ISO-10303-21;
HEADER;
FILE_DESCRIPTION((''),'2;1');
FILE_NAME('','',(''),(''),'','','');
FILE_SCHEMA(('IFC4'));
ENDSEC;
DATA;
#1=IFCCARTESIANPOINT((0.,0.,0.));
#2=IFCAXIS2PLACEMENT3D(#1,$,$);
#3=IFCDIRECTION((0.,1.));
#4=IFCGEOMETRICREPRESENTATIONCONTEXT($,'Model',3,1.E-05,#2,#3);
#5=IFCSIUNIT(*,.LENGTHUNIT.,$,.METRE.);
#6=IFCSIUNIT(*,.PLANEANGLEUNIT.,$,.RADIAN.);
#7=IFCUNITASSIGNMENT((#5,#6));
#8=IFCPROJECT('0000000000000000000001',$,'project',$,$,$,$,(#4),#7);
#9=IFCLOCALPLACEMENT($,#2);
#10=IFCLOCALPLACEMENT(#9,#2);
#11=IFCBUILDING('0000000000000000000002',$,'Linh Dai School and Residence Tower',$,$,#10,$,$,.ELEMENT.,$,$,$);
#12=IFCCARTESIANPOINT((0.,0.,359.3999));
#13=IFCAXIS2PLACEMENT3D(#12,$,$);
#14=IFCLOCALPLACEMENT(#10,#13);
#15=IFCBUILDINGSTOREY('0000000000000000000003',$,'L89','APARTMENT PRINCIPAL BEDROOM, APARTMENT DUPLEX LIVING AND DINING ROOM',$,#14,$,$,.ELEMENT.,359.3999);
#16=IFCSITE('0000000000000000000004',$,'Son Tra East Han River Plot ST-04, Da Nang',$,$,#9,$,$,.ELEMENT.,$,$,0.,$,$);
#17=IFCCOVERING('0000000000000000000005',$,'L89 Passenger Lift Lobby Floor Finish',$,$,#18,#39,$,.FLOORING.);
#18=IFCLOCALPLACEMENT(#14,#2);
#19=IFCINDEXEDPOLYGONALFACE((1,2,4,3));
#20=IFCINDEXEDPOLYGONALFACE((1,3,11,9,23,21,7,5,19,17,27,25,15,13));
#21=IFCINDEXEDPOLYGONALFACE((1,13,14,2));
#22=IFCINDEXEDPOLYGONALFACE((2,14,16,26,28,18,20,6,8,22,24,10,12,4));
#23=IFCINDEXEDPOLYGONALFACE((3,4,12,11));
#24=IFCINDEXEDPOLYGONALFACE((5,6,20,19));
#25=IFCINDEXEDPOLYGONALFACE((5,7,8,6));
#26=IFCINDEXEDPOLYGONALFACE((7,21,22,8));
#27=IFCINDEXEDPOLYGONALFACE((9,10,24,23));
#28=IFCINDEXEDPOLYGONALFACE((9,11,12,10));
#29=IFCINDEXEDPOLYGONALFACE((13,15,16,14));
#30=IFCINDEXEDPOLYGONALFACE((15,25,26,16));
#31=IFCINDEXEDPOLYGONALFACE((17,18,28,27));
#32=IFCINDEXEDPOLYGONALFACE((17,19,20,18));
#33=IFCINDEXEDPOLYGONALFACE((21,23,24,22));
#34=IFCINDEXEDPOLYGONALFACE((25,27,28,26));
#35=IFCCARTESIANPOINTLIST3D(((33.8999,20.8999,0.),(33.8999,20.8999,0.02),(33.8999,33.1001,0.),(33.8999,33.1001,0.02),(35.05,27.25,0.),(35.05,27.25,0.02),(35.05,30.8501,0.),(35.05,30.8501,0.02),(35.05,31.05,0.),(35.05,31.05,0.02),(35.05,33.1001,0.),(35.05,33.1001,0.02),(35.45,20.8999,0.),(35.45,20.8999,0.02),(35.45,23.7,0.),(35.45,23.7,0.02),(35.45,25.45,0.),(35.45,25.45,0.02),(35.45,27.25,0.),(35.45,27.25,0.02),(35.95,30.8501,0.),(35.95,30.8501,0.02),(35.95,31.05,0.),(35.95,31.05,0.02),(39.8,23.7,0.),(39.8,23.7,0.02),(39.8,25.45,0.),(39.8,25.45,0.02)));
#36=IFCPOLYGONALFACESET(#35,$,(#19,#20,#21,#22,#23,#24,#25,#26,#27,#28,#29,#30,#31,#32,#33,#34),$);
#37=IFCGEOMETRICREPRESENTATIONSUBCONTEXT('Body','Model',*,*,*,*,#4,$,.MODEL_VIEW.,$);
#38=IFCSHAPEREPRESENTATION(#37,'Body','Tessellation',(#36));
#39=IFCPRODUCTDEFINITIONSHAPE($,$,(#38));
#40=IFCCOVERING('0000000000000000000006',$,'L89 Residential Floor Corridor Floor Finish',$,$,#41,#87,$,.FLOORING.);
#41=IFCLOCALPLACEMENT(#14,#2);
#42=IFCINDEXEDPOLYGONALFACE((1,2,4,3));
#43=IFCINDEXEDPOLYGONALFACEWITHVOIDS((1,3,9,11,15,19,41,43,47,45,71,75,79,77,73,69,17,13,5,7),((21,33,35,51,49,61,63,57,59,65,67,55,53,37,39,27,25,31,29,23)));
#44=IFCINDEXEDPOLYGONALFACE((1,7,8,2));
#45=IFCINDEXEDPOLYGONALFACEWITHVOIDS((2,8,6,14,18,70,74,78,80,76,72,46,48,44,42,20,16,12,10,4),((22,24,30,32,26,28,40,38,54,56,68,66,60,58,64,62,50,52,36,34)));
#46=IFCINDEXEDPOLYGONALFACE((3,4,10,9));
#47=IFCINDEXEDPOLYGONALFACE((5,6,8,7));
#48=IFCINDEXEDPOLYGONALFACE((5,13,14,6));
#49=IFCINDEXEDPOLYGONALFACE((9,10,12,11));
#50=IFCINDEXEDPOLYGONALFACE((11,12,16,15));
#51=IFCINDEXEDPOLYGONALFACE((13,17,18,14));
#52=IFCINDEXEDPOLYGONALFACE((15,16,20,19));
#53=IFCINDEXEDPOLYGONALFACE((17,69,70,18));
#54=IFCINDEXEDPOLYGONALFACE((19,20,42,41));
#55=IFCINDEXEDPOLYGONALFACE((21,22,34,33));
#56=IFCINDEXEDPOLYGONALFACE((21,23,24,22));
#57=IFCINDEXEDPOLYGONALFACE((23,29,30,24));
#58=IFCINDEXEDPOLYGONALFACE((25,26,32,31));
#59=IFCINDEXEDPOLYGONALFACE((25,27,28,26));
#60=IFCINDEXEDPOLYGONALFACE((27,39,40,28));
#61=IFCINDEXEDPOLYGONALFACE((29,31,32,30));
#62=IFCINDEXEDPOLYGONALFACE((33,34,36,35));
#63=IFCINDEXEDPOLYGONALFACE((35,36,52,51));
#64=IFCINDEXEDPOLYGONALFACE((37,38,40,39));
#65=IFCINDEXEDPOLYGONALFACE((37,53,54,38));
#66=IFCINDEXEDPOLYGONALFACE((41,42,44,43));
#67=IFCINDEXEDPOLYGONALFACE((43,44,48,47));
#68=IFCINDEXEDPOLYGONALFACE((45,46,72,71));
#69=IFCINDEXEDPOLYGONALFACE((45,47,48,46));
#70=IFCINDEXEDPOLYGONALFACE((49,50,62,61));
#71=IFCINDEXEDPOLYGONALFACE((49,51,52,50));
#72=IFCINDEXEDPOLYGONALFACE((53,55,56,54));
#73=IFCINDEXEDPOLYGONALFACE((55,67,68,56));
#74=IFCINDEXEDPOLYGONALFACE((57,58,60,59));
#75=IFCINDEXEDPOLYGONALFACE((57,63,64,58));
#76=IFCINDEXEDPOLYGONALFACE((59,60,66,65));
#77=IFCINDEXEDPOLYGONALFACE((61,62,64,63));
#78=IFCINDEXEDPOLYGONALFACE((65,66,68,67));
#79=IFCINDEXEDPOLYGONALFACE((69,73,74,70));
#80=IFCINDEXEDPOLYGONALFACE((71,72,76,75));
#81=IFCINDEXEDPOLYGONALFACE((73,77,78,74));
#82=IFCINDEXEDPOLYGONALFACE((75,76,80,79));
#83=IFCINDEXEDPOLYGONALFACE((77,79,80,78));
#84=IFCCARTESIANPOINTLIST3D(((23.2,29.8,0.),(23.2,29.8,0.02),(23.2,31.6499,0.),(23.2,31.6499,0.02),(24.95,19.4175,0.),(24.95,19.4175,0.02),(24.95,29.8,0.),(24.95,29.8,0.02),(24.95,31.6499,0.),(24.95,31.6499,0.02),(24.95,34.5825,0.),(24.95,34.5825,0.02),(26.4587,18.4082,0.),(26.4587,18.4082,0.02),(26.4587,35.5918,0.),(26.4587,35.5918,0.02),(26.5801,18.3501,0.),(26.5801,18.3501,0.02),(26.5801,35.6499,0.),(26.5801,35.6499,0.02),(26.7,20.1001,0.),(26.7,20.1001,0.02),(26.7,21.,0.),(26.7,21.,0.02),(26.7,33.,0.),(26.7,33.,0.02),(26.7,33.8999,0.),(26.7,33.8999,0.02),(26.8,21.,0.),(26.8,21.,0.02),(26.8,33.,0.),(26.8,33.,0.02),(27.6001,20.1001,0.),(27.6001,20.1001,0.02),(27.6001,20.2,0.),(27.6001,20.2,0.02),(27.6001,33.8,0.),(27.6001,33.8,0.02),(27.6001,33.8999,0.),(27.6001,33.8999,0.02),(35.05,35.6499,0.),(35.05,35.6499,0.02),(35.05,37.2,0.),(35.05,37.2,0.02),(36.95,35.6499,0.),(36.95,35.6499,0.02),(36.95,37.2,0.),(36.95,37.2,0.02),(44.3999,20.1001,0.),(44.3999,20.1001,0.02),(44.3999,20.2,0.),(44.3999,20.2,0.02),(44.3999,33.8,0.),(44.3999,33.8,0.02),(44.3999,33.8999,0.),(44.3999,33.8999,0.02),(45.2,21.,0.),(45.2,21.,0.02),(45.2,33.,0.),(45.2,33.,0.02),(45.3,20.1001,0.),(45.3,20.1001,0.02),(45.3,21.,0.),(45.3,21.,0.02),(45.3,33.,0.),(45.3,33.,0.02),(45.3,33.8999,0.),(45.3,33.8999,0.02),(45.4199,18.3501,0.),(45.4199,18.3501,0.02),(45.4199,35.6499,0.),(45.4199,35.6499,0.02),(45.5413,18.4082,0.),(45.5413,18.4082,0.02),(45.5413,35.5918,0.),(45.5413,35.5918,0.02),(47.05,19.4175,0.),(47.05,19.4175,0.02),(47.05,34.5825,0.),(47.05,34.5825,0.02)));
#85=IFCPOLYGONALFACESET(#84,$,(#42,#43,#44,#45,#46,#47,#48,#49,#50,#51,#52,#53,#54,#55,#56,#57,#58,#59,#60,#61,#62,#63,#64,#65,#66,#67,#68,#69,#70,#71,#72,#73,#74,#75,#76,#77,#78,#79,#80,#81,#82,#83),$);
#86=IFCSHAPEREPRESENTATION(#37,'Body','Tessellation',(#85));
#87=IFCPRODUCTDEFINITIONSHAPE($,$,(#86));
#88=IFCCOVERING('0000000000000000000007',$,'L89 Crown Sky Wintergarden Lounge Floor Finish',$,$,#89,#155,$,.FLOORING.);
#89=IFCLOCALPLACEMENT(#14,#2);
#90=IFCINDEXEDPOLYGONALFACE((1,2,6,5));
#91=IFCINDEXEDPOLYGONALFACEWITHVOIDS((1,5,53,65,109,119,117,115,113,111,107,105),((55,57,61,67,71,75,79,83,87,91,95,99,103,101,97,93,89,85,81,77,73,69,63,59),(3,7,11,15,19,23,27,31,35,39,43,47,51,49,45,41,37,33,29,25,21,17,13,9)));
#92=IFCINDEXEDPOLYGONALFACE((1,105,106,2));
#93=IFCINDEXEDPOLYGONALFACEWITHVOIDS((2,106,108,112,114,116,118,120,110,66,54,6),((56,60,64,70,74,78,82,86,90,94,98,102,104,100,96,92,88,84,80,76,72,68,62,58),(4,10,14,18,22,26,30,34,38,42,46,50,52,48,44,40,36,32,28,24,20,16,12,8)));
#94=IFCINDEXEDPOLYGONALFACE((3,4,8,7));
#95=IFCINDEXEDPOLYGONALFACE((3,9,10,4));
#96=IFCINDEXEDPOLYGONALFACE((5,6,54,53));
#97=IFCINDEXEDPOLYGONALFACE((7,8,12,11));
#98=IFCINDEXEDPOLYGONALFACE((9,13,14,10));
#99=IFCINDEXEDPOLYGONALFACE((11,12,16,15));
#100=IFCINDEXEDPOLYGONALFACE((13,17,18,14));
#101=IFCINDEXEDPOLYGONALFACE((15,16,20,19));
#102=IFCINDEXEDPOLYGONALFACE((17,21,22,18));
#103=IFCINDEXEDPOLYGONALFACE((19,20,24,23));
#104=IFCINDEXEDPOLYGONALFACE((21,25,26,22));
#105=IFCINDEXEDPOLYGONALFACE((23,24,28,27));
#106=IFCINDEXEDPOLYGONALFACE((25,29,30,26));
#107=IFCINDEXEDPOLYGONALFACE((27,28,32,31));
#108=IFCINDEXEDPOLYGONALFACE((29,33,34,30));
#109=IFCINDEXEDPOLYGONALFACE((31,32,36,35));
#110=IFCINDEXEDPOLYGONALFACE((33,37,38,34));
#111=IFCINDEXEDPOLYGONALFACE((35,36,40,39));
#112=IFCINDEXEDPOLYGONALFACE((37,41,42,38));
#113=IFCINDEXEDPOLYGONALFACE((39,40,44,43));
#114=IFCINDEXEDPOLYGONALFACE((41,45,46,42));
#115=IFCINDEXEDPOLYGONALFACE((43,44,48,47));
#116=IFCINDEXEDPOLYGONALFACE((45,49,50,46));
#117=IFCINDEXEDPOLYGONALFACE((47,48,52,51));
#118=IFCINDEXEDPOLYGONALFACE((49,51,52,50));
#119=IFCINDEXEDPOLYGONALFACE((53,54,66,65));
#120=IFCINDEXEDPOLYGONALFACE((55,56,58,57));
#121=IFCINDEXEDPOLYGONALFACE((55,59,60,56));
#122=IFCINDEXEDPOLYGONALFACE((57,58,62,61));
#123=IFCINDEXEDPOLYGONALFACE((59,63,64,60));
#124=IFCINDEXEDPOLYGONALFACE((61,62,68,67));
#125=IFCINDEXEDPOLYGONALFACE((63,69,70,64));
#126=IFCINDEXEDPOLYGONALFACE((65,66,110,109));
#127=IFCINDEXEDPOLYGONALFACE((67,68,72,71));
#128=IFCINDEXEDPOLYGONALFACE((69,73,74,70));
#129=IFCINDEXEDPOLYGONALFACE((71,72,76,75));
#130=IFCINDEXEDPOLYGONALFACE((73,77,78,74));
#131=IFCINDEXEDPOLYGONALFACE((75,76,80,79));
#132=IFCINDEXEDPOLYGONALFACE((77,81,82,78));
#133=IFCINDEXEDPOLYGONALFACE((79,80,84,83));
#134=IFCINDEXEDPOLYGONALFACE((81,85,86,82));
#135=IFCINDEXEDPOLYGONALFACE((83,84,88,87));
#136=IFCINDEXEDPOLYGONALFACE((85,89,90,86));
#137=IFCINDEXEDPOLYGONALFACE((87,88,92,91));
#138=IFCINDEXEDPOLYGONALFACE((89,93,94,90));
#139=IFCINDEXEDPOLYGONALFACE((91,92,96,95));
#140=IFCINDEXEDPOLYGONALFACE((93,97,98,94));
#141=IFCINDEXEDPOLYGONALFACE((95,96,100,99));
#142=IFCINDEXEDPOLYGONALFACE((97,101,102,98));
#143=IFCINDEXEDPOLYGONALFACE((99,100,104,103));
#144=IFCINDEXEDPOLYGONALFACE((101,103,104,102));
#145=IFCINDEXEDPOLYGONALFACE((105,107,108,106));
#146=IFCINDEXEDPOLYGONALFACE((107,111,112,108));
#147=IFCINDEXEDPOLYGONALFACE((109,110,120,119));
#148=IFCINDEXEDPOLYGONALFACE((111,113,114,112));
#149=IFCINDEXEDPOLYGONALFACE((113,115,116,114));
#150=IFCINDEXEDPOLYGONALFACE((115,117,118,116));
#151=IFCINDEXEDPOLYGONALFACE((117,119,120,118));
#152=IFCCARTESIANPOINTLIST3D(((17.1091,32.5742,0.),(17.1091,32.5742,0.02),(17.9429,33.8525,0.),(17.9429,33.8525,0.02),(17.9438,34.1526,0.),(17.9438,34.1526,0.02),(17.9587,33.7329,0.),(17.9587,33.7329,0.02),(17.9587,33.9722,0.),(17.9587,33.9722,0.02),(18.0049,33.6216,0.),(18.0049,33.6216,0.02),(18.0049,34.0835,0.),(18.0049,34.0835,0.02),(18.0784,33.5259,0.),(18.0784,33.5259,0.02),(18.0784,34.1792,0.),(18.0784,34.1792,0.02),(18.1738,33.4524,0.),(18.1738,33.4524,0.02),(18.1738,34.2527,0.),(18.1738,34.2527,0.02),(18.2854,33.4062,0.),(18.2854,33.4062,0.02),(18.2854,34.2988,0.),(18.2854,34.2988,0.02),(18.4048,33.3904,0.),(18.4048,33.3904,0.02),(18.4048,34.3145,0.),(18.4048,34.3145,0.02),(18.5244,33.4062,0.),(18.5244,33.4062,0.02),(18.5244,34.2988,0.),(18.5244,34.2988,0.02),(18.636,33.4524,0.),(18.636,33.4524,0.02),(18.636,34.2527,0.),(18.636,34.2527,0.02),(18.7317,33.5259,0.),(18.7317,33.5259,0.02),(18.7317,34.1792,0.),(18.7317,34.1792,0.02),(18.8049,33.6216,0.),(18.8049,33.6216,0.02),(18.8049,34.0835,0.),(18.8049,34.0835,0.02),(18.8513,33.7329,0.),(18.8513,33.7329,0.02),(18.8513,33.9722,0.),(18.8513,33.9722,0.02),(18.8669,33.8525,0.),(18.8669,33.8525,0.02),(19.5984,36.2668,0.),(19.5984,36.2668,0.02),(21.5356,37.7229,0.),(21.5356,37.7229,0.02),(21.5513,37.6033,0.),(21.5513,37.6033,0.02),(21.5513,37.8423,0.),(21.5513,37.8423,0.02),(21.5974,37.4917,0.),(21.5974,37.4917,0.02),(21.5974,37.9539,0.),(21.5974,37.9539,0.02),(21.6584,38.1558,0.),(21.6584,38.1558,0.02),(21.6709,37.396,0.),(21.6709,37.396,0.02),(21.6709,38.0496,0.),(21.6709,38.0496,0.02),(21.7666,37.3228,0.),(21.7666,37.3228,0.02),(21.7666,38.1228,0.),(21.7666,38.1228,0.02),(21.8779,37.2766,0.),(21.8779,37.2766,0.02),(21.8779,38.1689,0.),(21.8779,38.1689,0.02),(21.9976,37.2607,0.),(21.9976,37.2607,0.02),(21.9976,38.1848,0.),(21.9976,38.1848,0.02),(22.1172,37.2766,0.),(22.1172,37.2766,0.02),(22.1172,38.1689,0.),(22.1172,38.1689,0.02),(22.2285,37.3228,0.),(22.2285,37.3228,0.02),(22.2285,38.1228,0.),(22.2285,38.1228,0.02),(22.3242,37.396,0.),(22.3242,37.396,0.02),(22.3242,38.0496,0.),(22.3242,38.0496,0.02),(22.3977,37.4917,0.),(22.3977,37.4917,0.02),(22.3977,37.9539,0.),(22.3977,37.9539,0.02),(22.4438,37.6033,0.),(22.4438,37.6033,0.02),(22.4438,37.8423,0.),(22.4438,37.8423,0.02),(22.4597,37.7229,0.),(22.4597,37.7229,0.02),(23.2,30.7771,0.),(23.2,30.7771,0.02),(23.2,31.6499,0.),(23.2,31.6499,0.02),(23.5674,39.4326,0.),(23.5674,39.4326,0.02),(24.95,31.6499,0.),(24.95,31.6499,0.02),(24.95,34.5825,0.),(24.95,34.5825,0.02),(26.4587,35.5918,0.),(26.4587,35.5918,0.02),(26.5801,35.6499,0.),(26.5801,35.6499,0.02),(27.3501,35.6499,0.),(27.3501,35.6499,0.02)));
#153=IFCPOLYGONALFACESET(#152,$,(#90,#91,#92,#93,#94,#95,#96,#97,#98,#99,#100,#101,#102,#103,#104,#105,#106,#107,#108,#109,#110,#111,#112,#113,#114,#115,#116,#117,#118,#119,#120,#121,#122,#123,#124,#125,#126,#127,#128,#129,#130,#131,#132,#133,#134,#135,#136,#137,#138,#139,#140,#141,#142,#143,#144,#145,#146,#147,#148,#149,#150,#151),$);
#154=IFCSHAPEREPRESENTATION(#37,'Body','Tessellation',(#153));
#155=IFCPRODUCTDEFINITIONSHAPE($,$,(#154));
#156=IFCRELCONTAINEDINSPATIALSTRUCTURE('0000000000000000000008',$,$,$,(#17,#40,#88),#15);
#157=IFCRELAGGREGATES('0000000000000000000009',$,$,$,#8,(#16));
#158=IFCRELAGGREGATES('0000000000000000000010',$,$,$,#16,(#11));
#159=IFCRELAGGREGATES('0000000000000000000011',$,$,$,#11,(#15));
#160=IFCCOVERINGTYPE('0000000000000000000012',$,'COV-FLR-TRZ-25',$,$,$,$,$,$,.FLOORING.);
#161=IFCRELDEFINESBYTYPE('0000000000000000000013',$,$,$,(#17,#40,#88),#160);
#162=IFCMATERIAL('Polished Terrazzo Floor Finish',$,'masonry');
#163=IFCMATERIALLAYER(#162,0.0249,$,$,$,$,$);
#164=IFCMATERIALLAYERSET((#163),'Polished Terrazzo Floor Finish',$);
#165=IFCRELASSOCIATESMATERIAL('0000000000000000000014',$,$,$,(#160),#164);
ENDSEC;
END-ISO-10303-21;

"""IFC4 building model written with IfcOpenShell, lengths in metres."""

from ifc_helpers import new_model, si_unit, direction, frame, origin, place, context, subcontext, project, spatial, polyline, outline, extrude, material, layer, layer_set, type_object, element, save


model = new_model("IFC4")

# Units and contexts
model_context = context("Model", 3, precision=1e-05, world=origin(), true_north=direction((0.0, 1.0)))
body_context = subcontext(model_context, "Body", "Model", "MODEL_VIEW")
ifc_project = project(units=[si_unit("LENGTHUNIT", "METRE"), si_unit("PLANEANGLEUNIT", "RADIAN")], contexts=[model_context])

# Site, building, storey
site_placement = place(None, origin())
site = spatial("IfcSite", under=ifc_project, at=site_placement, Name="Son Tra East Han River Plot ST-04, Da Nang", CompositionType="ELEMENT", RefElevation=0.0)
building_placement = place(site_placement, origin())
building = spatial("IfcBuilding", under=site, at=building_placement, Name="Linh Dai School and Residence Tower", CompositionType="ELEMENT")
storey_placement = place(building_placement, frame((0.0, 0.0, 359.3999)))
storey = spatial("IfcBuildingStorey", under=building, at=storey_placement, Name="L89", Description="APARTMENT PRINCIPAL BEDROOM, APARTMENT DUPLEX LIVING AND DINING ROOM", CompositionType="ELEMENT", Elevation=359.3999)

# Coverings
ifc_material_1 = material(Name="Polished Terrazzo Floor Finish", Category="masonry")
ifc_layer_1 = layer(ifc_material_1, 0.0249)
ifc_layer_set_1 = layer_set([ifc_layer_1], Name="Polished Terrazzo Floor Finish")
covering_type_1 = type_object("IfcCoveringType", Name="COV-FLR-TRZ-25", PredefinedType="FLOORING", material=ifc_layer_set_1)
covering_1_placement = place(storey_placement, origin())
element("IfcCovering", 1, at=covering_1_placement, inside=storey, type_object=covering_type_1, Name="L89 Passenger Lift Lobby Floor Finish", PredefinedType="FLOORING", context=body_context, shape_type="SweptSolid", body=[
    extrude(outline(polyline([(35.05, 33.1001), (35.05, 31.05), (35.95, 31.05), (35.95, 30.8501), (35.05, 30.8501), (35.05, 27.25), (35.45, 27.25), (35.45, 25.45), (39.8, 25.45), (39.8, 23.7), (35.45, 23.7), (35.45, 20.8999), (33.8999, 20.8999), (33.8999, 33.1001), (35.05, 33.1001)])), origin(), (0.0, 0.0, 1.0), 0.02),
])
covering_2_placement = place(storey_placement, origin())
element("IfcCovering", 2, at=covering_2_placement, inside=storey, type_object=covering_type_1, Name="L89 Residential Floor Corridor Floor Finish", PredefinedType="FLOORING", context=body_context, shape_type="SweptSolid", body=[
    extrude(outline(polyline([(23.2, 31.6499), (24.95, 31.6499), (24.95, 34.5825), (26.4587, 35.5918), (26.5801, 35.6499), (35.05, 35.6499), (35.05, 37.2), (36.95, 37.2), (36.95, 35.6499), (45.4199, 35.6499), (45.5413, 35.5918), (47.05, 34.5825), (47.05, 19.4175), (45.5413, 18.4082), (45.4199, 18.3501), (26.5801, 18.3501), (26.4587, 18.4082), (24.95, 19.4175), (24.95, 29.8), (23.2, 29.8), (23.2, 31.6499)]), holes=[polyline([(27.6001, 33.8), (27.6001, 33.8999), (26.7, 33.8999), (26.7, 33.0), (26.8, 33.0), (26.8, 21.0), (26.7, 21.0), (26.7, 20.1001), (27.6001, 20.1001), (27.6001, 20.2), (44.3999, 20.2), (44.3999, 20.1001), (45.3, 20.1001), (45.3, 21.0), (45.2, 21.0), (45.2, 33.0), (45.3, 33.0), (45.3, 33.8999), (44.3999, 33.8999), (44.3999, 33.8), (27.6001, 33.8)])]), origin(), (0.0, 0.0, 1.0), 0.02),
])
covering_3_placement = place(storey_placement, origin())
element("IfcCovering", 3, at=covering_3_placement, inside=storey, type_object=covering_type_1, Name="L89 Crown Sky Wintergarden Lounge Floor Finish", PredefinedType="FLOORING", context=body_context, shape_type="SweptSolid", body=[
    extrude(outline(polyline([(19.5984, 36.2668), (21.6584, 38.1558), (23.5674, 39.4326), (27.3501, 35.6499), (26.5801, 35.6499), (26.4587, 35.5918), (24.95, 34.5825), (24.95, 31.6499), (23.2, 31.6499), (23.2, 30.7771), (17.1091, 32.5742), (17.9438, 34.1526), (19.5984, 36.2668)]), holes=[polyline([(22.4438, 37.6033), (22.4597, 37.7229), (22.4438, 37.8423), (22.3977, 37.9539), (22.3242, 38.0496), (22.2285, 38.1228), (22.1172, 38.1689), (21.9976, 38.1848), (21.8779, 38.1689), (21.7666, 38.1228), (21.6709, 38.0496), (21.5974, 37.9539), (21.5513, 37.8423), (21.5356, 37.7229), (21.5513, 37.6033), (21.5974, 37.4917), (21.6709, 37.396), (21.7666, 37.3228), (21.8779, 37.2766), (21.9976, 37.2607), (22.1172, 37.2766), (22.2285, 37.3228), (22.3242, 37.396), (22.3977, 37.4917), (22.4438, 37.6033)]), polyline([(18.8513, 33.7329), (18.8669, 33.8525), (18.8513, 33.9722), (18.8049, 34.0835), (18.7317, 34.1792), (18.636, 34.2527), (18.5244, 34.2988), (18.4048, 34.3145), (18.2854, 34.2988), (18.1738, 34.2527), (18.0784, 34.1792), (18.0049, 34.0835), (17.9587, 33.9722), (17.9429, 33.8525), (17.9587, 33.7329), (18.0049, 33.6216), (18.0784, 33.5259), (18.1738, 33.4524), (18.2854, 33.4062), (18.4048, 33.3904), (18.5244, 33.4062), (18.636, 33.4524), (18.7317, 33.5259), (18.8049, 33.6216), (18.8513, 33.7329)])]), origin(), (0.0, 0.0, 1.0), 0.02),
])

save(model, "model.ifc")
